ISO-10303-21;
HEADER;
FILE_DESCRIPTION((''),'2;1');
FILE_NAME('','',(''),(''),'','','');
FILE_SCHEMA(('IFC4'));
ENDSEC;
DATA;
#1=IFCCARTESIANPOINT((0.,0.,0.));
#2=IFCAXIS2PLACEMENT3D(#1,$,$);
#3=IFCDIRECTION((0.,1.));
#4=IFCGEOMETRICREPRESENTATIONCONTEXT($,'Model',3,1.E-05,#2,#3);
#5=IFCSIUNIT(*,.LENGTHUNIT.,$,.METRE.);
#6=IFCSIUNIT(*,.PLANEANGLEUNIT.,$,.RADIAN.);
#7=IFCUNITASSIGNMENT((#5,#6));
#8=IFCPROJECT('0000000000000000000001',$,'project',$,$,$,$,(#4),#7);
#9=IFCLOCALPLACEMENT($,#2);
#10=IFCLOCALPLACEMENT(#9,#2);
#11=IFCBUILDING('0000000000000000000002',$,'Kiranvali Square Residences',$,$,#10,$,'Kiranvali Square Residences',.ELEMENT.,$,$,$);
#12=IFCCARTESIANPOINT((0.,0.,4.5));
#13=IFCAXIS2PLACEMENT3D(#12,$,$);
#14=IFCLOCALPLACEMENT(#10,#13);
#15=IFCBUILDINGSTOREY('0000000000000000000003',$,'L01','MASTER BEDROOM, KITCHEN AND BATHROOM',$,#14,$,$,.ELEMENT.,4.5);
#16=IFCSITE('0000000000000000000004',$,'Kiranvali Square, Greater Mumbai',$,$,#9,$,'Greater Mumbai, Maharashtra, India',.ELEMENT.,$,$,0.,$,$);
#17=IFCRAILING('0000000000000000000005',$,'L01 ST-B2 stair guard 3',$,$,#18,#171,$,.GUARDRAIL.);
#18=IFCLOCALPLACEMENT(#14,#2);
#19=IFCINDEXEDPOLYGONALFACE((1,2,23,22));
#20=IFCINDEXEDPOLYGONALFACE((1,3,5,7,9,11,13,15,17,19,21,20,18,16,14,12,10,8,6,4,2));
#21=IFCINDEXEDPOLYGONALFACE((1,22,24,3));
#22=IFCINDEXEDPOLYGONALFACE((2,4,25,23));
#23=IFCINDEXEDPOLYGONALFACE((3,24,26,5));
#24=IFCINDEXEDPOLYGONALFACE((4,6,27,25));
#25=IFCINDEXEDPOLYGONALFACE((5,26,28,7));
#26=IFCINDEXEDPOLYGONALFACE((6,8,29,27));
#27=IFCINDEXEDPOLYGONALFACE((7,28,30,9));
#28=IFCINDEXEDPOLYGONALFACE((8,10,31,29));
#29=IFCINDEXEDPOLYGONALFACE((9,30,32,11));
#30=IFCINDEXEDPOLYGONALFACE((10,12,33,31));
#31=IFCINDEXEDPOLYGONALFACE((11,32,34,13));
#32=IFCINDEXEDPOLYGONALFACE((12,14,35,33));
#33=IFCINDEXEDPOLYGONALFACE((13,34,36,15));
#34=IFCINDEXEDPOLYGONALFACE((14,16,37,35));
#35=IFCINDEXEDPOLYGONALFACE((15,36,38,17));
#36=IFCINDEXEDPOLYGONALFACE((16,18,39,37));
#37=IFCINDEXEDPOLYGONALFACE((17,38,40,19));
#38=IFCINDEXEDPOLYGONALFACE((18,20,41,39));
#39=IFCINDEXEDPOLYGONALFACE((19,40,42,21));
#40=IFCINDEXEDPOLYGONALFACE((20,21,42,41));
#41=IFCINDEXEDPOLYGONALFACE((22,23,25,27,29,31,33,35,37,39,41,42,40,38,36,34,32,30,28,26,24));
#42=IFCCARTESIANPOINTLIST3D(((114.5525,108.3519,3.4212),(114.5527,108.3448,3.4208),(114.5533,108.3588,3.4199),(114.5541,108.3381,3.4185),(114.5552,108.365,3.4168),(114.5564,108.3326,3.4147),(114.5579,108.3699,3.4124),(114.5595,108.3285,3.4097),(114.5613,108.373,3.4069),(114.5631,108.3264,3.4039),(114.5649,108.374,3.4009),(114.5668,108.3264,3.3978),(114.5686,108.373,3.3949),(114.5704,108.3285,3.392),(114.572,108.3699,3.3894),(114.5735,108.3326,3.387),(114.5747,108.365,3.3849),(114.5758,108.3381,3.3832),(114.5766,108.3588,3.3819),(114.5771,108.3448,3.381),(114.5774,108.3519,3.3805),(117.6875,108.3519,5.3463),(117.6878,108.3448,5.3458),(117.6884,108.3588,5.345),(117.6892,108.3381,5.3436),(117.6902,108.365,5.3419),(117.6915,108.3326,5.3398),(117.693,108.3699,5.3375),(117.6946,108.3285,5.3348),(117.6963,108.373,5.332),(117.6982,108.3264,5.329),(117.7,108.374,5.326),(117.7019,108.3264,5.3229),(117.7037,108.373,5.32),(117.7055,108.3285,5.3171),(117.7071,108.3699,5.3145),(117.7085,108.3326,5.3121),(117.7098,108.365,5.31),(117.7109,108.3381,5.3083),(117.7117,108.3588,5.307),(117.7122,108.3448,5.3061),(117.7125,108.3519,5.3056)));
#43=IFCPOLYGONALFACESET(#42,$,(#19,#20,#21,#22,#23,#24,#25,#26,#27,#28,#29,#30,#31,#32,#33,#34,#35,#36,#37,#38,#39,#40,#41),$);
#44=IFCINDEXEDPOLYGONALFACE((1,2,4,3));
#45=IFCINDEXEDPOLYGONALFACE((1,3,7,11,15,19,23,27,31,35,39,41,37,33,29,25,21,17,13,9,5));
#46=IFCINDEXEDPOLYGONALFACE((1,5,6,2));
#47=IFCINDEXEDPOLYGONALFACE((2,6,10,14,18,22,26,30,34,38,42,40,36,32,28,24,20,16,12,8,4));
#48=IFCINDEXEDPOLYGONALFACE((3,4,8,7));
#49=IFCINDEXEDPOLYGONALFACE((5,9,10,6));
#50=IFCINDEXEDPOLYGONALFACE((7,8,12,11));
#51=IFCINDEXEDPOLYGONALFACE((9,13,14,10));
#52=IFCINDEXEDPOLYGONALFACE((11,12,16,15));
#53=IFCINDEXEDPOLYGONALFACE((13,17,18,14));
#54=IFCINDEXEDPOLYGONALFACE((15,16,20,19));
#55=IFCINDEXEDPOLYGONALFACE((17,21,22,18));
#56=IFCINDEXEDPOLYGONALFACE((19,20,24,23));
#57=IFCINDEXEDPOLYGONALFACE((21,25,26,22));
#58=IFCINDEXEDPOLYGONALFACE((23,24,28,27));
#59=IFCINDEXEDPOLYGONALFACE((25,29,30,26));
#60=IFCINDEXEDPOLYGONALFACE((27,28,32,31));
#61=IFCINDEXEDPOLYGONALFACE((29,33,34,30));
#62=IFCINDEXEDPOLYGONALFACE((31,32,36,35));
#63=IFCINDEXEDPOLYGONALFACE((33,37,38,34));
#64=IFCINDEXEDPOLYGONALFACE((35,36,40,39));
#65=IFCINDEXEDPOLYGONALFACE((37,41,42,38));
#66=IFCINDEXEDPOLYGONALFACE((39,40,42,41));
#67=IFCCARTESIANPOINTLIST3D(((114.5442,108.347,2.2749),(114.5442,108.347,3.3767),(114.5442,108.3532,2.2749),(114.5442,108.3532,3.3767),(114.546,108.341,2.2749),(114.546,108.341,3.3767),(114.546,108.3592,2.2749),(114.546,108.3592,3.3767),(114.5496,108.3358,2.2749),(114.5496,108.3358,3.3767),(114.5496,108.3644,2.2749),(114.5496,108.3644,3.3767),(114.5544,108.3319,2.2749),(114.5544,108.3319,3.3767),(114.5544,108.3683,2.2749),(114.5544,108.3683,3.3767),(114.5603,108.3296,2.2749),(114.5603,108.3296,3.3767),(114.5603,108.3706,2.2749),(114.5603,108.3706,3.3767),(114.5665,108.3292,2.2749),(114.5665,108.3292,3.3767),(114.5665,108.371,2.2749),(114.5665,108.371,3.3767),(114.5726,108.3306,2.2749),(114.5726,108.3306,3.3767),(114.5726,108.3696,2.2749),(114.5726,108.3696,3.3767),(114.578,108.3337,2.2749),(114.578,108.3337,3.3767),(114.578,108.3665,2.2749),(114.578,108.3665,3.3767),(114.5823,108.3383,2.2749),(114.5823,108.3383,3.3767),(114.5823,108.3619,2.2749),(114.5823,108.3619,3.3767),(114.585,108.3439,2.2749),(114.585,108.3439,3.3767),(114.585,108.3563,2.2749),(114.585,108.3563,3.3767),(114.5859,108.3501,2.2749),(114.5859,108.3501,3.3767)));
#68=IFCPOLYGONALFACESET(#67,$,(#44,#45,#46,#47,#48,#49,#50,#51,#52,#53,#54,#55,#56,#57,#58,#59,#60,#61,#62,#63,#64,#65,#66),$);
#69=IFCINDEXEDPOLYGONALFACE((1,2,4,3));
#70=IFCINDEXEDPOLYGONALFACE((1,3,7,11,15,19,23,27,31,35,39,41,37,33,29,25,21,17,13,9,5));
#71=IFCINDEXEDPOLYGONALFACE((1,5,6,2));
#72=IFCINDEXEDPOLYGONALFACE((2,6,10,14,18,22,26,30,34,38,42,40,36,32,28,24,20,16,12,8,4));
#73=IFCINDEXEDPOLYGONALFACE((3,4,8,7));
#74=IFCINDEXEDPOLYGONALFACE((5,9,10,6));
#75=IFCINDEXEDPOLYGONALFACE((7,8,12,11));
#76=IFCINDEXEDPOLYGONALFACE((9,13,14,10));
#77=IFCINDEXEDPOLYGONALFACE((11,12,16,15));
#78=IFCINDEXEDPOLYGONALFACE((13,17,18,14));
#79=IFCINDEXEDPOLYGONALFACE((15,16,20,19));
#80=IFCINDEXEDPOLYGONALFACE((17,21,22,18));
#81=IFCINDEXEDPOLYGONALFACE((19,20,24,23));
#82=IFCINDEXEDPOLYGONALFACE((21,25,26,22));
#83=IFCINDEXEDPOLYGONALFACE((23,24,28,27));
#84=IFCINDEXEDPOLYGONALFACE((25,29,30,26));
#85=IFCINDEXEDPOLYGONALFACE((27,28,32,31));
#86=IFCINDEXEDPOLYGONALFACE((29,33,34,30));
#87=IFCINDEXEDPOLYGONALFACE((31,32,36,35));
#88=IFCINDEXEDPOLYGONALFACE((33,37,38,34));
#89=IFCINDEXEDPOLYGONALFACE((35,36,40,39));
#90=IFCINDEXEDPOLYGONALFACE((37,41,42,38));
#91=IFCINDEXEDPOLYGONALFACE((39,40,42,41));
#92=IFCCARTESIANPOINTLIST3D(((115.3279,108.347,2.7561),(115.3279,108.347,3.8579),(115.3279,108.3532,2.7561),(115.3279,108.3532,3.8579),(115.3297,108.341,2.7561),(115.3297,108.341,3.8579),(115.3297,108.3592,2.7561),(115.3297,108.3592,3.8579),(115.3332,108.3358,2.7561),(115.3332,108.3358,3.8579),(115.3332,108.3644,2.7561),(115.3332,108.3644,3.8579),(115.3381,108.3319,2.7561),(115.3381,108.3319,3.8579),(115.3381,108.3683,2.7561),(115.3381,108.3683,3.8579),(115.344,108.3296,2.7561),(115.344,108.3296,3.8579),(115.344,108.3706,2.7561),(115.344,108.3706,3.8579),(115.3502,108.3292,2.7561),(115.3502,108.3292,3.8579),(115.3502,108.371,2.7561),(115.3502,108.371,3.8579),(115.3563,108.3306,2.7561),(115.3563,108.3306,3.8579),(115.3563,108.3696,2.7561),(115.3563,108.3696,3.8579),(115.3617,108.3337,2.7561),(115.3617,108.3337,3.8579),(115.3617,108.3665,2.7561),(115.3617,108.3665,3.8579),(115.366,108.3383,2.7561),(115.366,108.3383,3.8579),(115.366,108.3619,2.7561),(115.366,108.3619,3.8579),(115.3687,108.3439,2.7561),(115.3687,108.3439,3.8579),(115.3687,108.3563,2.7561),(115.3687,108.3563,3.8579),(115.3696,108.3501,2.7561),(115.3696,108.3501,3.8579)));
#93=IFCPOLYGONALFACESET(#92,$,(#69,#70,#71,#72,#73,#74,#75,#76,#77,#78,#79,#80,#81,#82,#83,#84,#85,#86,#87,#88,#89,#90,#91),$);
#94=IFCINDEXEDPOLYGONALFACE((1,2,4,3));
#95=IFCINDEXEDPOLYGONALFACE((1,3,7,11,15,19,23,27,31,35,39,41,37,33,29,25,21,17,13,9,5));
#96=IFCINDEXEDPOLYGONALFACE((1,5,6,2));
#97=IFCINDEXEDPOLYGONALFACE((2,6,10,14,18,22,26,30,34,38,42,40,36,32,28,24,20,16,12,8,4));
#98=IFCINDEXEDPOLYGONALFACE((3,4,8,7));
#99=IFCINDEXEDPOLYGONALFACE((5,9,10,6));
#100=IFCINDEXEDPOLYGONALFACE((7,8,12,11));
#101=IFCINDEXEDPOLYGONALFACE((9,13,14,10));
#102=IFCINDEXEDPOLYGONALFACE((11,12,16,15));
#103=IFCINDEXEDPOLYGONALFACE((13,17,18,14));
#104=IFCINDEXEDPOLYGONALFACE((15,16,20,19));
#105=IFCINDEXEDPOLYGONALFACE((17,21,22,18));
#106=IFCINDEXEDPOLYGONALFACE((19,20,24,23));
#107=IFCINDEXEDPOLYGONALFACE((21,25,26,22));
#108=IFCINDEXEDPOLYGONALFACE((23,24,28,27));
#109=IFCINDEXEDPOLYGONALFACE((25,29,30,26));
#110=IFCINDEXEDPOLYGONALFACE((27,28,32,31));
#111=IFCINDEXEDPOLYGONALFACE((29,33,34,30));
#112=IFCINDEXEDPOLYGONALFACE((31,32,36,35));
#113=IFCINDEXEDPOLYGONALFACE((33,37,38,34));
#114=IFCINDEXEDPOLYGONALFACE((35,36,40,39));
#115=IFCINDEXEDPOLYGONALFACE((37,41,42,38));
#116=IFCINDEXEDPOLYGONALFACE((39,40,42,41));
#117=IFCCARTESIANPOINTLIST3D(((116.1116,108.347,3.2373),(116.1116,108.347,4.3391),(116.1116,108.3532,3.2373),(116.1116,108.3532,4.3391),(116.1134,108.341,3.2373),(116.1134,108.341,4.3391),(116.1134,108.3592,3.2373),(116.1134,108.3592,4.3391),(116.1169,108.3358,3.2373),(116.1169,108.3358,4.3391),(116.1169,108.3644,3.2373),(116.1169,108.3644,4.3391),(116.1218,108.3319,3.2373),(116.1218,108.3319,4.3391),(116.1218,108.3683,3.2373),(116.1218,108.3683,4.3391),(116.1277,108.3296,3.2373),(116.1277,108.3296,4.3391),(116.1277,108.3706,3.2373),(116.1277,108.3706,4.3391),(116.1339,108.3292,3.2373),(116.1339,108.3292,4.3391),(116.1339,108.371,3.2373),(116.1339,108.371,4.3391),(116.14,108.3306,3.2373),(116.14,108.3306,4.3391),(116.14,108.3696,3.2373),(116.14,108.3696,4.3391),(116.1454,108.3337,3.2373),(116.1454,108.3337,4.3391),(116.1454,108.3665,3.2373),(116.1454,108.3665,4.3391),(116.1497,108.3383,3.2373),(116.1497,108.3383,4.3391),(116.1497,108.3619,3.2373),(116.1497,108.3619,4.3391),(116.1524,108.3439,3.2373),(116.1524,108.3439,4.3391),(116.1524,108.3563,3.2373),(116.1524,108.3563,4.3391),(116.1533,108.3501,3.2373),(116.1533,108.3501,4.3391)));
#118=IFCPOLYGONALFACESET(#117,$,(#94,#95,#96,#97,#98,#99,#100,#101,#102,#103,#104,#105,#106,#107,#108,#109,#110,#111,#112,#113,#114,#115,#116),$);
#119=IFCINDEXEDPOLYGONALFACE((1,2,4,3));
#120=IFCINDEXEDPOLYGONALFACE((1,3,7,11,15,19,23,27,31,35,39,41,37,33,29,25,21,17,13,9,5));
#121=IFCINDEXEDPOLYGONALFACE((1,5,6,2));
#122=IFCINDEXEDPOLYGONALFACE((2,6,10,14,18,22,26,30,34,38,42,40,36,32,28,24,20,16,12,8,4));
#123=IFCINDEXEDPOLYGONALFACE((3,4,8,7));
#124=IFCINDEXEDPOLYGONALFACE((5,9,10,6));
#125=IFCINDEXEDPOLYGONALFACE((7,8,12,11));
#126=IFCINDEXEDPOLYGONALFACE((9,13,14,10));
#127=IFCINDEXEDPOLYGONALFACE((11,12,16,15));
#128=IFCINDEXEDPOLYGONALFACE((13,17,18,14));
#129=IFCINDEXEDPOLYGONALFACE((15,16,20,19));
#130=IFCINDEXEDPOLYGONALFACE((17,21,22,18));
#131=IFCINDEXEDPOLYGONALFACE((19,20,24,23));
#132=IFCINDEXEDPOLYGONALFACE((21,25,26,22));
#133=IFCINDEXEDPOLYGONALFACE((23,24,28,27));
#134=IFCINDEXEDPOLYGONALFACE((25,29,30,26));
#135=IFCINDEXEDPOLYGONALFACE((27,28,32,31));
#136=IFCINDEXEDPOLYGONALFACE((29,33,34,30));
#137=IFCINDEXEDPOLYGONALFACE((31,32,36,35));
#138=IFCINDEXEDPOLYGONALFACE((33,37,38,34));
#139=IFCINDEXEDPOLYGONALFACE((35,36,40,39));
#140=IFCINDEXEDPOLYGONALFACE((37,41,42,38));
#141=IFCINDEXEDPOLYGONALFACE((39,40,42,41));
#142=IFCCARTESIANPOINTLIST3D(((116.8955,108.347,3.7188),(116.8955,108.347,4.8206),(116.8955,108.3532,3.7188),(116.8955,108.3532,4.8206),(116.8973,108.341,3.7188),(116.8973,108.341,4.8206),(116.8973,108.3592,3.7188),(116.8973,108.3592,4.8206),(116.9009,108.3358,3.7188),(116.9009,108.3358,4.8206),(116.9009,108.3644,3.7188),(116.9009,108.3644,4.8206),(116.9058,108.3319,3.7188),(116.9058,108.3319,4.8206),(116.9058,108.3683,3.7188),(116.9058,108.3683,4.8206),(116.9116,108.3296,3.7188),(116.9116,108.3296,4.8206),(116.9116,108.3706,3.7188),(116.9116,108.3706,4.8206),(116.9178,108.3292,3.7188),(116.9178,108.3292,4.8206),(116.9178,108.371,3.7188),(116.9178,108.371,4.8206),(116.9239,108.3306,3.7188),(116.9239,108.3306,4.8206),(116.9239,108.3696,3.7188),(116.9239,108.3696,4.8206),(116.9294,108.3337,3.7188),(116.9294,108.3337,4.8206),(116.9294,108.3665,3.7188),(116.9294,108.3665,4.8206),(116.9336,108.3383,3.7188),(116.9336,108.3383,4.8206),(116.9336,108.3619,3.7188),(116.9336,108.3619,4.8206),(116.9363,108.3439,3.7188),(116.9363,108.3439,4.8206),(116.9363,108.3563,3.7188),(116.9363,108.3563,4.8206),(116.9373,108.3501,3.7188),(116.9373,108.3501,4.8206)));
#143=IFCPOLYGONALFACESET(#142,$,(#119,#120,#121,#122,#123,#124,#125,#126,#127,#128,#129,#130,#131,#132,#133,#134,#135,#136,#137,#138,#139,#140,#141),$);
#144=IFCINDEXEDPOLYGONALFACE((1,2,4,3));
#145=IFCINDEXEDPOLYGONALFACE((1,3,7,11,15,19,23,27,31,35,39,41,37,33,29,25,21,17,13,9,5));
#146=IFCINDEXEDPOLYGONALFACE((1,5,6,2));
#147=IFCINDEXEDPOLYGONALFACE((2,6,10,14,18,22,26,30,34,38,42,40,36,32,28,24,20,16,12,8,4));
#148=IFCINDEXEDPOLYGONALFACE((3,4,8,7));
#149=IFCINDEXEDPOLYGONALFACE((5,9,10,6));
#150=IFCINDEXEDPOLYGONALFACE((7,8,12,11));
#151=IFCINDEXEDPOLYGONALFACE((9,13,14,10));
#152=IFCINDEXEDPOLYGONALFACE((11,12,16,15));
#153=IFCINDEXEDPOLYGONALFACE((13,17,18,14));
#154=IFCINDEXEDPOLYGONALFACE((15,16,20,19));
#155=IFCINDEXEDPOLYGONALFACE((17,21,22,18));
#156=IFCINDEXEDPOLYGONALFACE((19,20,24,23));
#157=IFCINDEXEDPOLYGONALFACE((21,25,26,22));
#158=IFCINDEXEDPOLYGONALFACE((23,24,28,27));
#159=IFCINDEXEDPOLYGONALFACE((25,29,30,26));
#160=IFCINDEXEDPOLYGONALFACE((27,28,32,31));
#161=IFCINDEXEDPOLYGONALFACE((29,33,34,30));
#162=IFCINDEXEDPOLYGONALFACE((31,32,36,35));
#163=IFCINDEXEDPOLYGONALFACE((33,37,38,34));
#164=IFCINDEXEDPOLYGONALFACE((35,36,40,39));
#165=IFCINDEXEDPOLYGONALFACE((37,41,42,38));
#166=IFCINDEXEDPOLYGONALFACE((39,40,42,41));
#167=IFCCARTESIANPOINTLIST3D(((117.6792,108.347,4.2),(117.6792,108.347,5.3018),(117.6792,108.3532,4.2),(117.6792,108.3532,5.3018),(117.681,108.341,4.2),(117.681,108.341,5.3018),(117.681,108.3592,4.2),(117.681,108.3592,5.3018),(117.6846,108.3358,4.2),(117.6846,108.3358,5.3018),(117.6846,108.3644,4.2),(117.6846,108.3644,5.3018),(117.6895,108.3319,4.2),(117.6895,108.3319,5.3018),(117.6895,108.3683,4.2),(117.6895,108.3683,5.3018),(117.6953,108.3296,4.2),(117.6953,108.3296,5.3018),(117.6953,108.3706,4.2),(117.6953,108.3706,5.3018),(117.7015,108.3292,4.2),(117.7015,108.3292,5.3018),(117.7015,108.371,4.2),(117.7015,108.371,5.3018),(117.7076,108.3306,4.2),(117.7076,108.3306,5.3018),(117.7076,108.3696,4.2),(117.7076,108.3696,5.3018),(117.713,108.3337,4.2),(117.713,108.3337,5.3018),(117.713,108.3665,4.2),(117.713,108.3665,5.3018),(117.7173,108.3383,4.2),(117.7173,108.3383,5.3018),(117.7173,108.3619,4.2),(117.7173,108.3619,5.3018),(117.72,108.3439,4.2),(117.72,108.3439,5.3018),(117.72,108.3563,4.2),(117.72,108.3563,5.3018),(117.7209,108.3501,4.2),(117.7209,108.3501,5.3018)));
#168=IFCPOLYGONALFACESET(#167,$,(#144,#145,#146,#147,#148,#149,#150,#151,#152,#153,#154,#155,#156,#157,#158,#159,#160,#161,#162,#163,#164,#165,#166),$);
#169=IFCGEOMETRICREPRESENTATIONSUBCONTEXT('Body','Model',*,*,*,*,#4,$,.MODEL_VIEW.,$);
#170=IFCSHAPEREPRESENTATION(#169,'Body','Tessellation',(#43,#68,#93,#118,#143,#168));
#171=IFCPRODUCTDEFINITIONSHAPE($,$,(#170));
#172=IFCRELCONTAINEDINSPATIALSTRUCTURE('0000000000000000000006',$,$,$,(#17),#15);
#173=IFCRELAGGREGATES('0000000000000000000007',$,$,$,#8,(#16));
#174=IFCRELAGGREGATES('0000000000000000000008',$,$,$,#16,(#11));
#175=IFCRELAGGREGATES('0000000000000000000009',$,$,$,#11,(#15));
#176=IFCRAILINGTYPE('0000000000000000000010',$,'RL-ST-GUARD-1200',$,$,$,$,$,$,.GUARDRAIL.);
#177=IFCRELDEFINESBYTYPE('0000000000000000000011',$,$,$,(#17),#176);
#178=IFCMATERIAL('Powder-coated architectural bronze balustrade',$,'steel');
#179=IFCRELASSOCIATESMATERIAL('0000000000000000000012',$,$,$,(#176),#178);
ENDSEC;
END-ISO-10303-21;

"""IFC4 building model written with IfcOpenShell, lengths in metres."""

from ifc_helpers import new_model, si_unit, direction, frame, origin, origin_2d, place, context, subcontext, project, spatial, circle, extrude, material, type_object, element, save


model = new_model("IFC4")

# Units and contexts
model_context = context("Model", 3, precision=1e-05, world=origin(), true_north=direction((0.0, 1.0)))
body_context = subcontext(model_context, "Body", "Model", "MODEL_VIEW")
ifc_project = project(units=[si_unit("LENGTHUNIT", "METRE"), si_unit("PLANEANGLEUNIT", "RADIAN")], contexts=[model_context])

# Site, building, storey
site_placement = place(None, origin())
site = spatial("IfcSite", under=ifc_project, at=site_placement, Name="Kiranvali Square, Greater Mumbai", LongName="Greater Mumbai, Maharashtra, India", CompositionType="ELEMENT", RefElevation=0.0)
building_placement = place(site_placement, origin())
building = spatial("IfcBuilding", under=site, at=building_placement, Name="Kiranvali Square Residences", LongName="Kiranvali Square Residences", CompositionType="ELEMENT")
storey_placement = place(building_placement, frame((0.0, 0.0, 4.5)))
storey = spatial("IfcBuildingStorey", under=building, at=storey_placement, Name="L01", Description="MASTER BEDROOM, KITCHEN AND BATHROOM", CompositionType="ELEMENT", Elevation=4.5)

# Railing
ifc_material_1 = material(Name="Powder-coated architectural bronze balustrade", Category="steel")
railing_type_1 = type_object("IfcRailingType", Name="RL-ST-GUARD-1200", PredefinedType="GUARDRAIL", material=ifc_material_1)
railing_1_placement = place(storey_placement, frame((114.5649, 108.3501, 2.2749)))
element("IfcRailing", 1, at=railing_1_placement, inside=storey, type_object=railing_type_1, Name="L01 ST-B2 stair guard 3", PredefinedType="GUARDRAIL", context=body_context, shape_type="SweptSolid", body=[
    extrude(circle(Radius=0.0239, at=origin_2d()), frame((0.0, 0.0, 1.126), z_axis=(0.852166, 0.0, 0.523271), x_axis=(0.0, 1.0, 0.0)), (0.0, 0.0, 1.0), 3.679),
    extrude(circle(Radius=0.021, at=origin_2d()), origin(), (0.0, 0.0, 1.0), 1.1018),
    extrude(circle(Radius=0.021, at=origin_2d()), frame((0.7837, 0.0, 0.4812)), (0.0, 0.0, 1.0), 1.1018),
    extrude(circle(Radius=0.021, at=origin_2d()), frame((1.5674, 0.0, 0.9624)), (0.0, 0.0, 1.0), 1.1018),
    extrude(circle(Radius=0.021, at=origin_2d()), frame((2.3513, 0.0, 1.4438)), (0.0, 0.0, 1.0), 1.1018),
    extrude(circle(Radius=0.021, at=origin_2d()), frame((3.135, 0.0, 1.925)), (0.0, 0.0, 1.0), 1.1018),
])

save(model, "model.ifc")
